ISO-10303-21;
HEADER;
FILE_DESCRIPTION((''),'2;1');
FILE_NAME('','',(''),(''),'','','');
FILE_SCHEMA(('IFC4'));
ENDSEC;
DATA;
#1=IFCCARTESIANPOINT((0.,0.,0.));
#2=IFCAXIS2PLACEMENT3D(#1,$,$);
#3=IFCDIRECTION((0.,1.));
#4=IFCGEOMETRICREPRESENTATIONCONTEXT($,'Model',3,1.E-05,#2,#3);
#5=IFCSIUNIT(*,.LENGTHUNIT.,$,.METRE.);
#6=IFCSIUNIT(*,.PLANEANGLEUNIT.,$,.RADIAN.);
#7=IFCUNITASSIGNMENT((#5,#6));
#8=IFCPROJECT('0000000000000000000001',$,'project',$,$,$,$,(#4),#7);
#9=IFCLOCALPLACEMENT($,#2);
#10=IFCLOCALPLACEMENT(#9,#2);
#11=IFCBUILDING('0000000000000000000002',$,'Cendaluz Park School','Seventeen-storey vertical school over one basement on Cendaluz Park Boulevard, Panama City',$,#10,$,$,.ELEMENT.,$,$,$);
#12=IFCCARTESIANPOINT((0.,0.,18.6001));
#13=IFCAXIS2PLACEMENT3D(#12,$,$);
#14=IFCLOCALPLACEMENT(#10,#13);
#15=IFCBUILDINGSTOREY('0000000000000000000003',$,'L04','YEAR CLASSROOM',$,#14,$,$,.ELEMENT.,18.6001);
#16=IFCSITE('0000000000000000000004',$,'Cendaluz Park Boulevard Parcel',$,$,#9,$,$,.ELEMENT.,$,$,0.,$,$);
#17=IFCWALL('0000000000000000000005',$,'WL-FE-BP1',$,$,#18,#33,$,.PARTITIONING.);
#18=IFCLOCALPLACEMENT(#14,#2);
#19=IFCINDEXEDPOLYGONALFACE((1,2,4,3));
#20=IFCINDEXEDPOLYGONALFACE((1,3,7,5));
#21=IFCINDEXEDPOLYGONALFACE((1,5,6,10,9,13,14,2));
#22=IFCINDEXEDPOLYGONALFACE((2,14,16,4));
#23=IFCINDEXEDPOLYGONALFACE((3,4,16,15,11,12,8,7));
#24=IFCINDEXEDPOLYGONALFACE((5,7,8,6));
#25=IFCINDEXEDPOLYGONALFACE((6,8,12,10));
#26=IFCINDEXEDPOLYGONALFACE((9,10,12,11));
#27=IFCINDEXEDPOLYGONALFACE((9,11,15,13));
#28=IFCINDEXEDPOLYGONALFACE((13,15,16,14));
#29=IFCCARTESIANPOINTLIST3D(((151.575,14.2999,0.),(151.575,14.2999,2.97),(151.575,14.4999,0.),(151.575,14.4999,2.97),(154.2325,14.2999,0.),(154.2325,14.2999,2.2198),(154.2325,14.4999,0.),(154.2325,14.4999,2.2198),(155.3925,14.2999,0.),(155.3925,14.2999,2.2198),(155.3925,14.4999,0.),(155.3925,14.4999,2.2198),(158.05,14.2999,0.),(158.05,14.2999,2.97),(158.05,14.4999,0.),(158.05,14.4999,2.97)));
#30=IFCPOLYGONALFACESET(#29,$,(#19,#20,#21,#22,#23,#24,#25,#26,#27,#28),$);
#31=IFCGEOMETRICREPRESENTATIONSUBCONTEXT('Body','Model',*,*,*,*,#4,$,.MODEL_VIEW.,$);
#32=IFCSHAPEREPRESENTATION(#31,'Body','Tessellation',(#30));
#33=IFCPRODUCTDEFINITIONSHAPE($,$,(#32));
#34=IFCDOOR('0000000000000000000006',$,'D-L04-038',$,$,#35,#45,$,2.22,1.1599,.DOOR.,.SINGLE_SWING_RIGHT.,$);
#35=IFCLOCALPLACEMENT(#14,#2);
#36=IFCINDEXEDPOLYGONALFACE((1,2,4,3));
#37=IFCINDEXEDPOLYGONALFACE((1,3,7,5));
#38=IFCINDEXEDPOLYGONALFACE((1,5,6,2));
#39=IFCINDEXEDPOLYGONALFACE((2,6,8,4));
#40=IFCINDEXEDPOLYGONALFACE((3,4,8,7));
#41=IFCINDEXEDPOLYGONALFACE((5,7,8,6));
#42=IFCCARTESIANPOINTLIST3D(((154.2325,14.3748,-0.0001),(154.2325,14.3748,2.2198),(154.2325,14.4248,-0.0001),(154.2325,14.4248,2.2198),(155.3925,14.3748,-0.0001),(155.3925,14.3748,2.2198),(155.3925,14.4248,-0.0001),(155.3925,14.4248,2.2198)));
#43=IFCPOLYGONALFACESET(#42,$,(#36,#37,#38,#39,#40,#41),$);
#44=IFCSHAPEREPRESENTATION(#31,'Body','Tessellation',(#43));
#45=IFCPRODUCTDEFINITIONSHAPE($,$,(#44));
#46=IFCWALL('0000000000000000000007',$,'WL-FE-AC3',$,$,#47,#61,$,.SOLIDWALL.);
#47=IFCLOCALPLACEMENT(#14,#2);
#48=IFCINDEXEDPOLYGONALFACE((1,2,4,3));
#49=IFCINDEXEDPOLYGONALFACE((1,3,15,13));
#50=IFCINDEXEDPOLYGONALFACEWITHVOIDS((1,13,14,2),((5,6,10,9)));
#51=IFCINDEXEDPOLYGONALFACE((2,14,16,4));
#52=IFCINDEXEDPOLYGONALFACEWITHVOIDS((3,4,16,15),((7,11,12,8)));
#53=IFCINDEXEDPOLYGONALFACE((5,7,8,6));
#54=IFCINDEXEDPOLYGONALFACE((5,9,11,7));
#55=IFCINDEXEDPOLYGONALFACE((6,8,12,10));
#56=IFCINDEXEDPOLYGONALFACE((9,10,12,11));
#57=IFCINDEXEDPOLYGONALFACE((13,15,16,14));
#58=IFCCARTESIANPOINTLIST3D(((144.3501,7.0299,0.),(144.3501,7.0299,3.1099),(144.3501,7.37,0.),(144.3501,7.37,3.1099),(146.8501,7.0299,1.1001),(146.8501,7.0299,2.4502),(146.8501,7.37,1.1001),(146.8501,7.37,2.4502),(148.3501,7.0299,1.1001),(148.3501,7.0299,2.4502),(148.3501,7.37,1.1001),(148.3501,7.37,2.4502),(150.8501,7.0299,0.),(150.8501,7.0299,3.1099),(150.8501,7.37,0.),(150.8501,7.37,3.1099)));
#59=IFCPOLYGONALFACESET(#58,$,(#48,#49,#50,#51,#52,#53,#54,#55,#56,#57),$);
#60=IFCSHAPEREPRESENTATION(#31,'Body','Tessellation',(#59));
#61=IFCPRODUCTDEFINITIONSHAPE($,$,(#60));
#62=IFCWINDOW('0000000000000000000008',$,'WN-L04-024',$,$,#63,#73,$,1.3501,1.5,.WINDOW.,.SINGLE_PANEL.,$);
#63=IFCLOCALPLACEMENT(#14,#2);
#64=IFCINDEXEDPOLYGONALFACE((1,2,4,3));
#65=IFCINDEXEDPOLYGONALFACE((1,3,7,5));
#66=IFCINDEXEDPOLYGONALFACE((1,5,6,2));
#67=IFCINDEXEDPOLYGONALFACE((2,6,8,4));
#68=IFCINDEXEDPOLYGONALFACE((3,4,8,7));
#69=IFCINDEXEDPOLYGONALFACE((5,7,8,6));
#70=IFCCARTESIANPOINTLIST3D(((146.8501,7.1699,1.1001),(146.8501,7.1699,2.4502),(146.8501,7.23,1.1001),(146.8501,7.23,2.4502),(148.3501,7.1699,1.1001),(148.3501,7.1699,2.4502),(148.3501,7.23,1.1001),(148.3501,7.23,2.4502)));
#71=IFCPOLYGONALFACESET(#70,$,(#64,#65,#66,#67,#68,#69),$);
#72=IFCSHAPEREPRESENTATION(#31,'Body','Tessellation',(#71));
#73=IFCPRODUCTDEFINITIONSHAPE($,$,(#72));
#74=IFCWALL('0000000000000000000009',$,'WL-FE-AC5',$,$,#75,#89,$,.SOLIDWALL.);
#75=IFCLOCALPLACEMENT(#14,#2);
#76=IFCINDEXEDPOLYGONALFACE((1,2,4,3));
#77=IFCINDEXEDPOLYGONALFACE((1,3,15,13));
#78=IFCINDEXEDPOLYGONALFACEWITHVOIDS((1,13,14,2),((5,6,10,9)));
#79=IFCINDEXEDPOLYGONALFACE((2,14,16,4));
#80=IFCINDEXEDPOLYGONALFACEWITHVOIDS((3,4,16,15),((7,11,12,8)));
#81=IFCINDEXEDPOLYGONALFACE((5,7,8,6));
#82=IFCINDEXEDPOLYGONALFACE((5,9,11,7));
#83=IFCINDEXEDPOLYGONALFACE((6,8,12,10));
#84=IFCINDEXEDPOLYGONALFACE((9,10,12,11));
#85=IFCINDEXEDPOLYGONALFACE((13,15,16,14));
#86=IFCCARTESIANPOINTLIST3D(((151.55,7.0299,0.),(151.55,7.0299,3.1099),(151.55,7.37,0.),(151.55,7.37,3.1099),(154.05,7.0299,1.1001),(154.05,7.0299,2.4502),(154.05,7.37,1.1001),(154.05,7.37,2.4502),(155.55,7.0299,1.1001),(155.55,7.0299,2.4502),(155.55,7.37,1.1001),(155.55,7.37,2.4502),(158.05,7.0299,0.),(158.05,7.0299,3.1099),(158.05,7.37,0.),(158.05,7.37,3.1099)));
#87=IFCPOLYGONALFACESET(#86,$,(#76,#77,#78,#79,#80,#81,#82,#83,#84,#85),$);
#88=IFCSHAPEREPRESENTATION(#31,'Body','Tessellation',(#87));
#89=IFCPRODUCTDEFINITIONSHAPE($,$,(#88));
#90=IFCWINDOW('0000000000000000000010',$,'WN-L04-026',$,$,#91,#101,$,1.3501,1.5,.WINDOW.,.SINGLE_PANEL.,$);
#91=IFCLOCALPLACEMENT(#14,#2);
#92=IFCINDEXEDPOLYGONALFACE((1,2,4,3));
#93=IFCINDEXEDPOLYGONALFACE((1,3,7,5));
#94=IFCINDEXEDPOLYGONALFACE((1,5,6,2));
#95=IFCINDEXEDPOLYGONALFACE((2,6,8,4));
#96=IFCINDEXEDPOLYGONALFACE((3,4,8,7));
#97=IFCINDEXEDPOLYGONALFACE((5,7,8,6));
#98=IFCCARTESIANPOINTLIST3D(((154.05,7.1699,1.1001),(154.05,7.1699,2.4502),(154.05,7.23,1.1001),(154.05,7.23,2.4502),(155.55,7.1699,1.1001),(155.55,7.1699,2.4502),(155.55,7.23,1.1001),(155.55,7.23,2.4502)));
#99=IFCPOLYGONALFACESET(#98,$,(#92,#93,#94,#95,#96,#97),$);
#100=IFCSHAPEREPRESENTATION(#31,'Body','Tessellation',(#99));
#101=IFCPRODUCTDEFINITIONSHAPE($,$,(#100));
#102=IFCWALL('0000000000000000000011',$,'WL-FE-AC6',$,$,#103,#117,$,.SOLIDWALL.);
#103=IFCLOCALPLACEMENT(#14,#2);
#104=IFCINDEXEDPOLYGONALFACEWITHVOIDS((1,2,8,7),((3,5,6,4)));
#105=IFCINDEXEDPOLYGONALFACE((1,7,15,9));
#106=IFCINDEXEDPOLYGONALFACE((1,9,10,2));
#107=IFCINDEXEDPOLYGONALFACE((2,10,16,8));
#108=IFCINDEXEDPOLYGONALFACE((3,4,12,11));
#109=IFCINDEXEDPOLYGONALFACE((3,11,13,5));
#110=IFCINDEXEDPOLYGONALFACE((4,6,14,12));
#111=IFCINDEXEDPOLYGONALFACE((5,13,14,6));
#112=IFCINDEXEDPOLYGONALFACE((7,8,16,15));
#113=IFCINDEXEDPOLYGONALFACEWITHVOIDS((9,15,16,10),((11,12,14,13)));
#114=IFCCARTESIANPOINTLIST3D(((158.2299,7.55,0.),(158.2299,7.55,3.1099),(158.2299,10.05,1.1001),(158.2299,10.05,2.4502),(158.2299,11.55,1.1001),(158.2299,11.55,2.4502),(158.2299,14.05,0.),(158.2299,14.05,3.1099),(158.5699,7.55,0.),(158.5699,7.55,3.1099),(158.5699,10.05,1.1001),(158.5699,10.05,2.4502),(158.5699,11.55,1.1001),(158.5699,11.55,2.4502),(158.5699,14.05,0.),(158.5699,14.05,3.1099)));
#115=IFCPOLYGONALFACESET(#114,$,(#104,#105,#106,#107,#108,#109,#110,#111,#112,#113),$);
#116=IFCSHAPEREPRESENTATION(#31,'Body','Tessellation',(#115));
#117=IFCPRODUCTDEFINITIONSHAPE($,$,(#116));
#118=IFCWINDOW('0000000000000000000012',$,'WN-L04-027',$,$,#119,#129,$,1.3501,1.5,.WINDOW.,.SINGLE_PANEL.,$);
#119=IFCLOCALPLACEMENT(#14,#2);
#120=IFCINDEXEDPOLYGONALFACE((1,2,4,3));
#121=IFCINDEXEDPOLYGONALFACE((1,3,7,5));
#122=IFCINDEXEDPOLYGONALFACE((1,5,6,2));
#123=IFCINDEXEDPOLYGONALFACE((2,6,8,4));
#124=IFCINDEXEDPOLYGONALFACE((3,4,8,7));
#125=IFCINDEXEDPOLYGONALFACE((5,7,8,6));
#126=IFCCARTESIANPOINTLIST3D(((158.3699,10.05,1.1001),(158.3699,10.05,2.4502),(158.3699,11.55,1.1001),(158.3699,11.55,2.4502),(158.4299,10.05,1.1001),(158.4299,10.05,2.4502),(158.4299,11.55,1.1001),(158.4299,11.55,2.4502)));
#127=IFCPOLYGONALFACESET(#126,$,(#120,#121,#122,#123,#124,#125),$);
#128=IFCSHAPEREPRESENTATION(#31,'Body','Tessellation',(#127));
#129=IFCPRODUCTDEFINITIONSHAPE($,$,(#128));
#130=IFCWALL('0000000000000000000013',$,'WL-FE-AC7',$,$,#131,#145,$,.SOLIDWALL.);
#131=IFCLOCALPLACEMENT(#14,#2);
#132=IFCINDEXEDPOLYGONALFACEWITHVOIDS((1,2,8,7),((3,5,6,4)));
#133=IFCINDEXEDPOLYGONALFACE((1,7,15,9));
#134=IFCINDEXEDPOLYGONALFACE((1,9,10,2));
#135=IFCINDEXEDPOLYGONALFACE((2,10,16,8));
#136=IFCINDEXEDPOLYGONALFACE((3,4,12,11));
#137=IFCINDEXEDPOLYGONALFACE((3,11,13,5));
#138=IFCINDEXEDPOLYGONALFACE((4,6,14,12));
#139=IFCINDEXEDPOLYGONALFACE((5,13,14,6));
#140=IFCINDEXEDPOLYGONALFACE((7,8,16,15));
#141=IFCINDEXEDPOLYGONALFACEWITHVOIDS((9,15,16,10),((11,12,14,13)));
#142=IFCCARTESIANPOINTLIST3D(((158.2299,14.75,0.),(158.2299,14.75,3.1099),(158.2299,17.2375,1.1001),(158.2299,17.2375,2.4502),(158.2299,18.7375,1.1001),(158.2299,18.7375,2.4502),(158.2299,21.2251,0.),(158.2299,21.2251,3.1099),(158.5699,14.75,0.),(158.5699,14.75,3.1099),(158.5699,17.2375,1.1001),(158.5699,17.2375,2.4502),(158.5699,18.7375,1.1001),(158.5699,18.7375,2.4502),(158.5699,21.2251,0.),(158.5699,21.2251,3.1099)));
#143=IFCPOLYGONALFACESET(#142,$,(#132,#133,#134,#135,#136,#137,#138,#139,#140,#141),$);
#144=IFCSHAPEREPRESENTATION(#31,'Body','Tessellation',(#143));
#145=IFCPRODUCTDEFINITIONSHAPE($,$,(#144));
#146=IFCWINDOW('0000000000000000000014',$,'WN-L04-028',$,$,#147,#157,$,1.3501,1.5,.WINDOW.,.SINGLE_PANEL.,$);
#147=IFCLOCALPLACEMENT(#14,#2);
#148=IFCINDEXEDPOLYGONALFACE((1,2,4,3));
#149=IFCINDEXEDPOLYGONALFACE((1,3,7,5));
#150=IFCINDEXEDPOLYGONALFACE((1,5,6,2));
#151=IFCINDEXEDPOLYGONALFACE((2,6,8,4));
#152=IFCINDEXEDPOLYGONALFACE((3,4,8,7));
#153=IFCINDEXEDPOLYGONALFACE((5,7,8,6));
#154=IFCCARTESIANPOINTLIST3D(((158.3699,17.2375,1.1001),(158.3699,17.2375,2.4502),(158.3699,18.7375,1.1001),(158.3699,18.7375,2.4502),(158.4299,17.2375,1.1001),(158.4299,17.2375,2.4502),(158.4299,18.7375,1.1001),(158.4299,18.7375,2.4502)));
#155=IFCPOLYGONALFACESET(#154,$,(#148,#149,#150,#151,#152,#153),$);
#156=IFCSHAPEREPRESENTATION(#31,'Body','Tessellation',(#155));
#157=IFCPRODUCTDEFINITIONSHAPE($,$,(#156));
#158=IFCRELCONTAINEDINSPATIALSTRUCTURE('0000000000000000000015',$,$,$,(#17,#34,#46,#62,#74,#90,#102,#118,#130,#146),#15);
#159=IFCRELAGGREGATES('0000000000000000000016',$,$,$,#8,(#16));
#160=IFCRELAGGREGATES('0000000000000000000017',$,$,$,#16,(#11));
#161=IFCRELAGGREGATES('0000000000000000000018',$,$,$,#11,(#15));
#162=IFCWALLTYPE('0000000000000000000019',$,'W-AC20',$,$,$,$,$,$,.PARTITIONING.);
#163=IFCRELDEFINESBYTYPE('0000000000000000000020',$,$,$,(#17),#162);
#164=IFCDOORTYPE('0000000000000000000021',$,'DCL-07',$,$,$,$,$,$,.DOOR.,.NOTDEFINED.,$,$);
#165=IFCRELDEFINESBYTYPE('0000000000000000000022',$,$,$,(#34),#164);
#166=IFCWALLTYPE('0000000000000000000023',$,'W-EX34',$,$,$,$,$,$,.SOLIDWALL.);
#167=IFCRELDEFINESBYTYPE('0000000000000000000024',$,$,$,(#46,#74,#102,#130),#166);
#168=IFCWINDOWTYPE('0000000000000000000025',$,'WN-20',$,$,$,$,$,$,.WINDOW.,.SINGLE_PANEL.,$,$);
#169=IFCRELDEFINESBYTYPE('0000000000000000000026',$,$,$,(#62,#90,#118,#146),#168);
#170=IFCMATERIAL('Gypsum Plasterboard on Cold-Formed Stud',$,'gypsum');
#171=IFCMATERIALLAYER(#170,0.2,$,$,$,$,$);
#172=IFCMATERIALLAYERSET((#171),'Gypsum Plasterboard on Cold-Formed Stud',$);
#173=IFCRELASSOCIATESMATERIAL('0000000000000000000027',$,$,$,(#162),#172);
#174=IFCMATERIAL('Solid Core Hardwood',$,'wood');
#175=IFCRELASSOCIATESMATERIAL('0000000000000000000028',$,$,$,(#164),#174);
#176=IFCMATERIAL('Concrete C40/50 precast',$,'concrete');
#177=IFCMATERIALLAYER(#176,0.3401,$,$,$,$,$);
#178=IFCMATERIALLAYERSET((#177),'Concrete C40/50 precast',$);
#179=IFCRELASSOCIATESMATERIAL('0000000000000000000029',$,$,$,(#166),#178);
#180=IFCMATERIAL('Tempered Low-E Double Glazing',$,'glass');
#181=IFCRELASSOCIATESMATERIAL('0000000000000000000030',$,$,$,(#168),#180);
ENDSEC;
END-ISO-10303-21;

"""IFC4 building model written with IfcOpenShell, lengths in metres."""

from ifc_helpers import new_model, si_unit, direction, frame, frame_2d, origin, place, context, subcontext, project, spatial, rectangle, extrude, material, layer, layer_set, type_object, element, fill, save


model = new_model("IFC4")

# Units and contexts
model_context = context("Model", 3, precision=1e-05, world=origin(), true_north=direction((0.0, 1.0)))
body_context = subcontext(model_context, "Body", "Model", "MODEL_VIEW")
ifc_project = project(units=[si_unit("LENGTHUNIT", "METRE"), si_unit("PLANEANGLEUNIT", "RADIAN")], contexts=[model_context])

# Site, building, storey
site_placement = place(None, origin())
site = spatial("IfcSite", under=ifc_project, at=site_placement, Name="Cendaluz Park Boulevard Parcel", CompositionType="ELEMENT", RefElevation=0.0)
building_placement = place(site_placement, origin())
building = spatial("IfcBuilding", under=site, at=building_placement, Name="Cendaluz Park School", Description="Seventeen-storey vertical school over one basement on Cendaluz Park Boulevard, Panama City", CompositionType="ELEMENT")
storey_placement = place(building_placement, frame((0.0, 0.0, 18.6001)))
storey = spatial("IfcBuildingStorey", under=building, at=storey_placement, Name="L04", Description="YEAR CLASSROOM", CompositionType="ELEMENT", Elevation=18.6001)

# Shared definitions
ifc_material_1 = material(Name="Gypsum Plasterboard on Cold-Formed Stud", Category="gypsum")
ifc_layer_1 = layer(ifc_material_1, 0.2)
ifc_layer_set_1 = layer_set([ifc_layer_1], Name="Gypsum Plasterboard on Cold-Formed Stud")
wall_type_1 = type_object("IfcWallType", Name="W-AC20", PredefinedType="PARTITIONING", material=ifc_layer_set_1)

# Wall, opening, door
wall_1_placement = place(storey_placement, frame((151.575, 14.3999, 0.0), z_axis=(0.0, 0.0, 1.0), x_axis=(1.0, 0.0, 0.0)))
wall_1 = element("IfcWall", 1, at=wall_1_placement, inside=storey, type_object=wall_type_1, Name="WL-FE-BP1", PredefinedType="PARTITIONING", context=body_context, shape_type="SweptSolid", body=[
    extrude(rectangle(XDim=6.4751, YDim=0.2, at=frame_2d((3.2375, 0.0))), origin(), (0.0, 0.0, 1.0), 2.97),
])
opening_1_placement = place(wall_1_placement, frame((2.6575, 0.0, 0.0)))
opening_1 = element("IfcOpeningElement", 2, at=opening_1_placement, cuts=wall_1, PredefinedType="OPENING", context=body_context, shape_type="SweptSolid", body=[
    extrude(rectangle(XDim=1.1599, YDim=2.22, at=frame_2d((0.5801, 1.1099))), frame((0.0, 0.1121, 0.0), z_axis=(0.0, -1.0, 0.0), x_axis=(1.0, 0.0, 0.0)), (0.0, 0.0, 1.0), 0.2239),
])
ifc_material_2 = material(Name="Solid Core Hardwood", Category="wood")
door_type_1 = type_object("IfcDoorType", Name="DCL-07", OperationType="NOTDEFINED", PredefinedType="DOOR", material=ifc_material_2)
door_1_placement = place(opening_1_placement, origin())
door_1 = element("IfcDoor", 3, at=door_1_placement, inside=storey, type_object=door_type_1, Name="D-L04-038", OperationType="SINGLE_SWING_RIGHT", OverallHeight=2.22, OverallWidth=1.1599, PredefinedType="DOOR", context=body_context, shape_type="SweptSolid", body=[
    extrude(rectangle(XDim=1.1599, YDim=2.22, at=frame_2d((0.5801, 1.1099))), frame((0.0, 0.0249, 0.0), z_axis=(0.0, -1.0, 0.0), x_axis=(1.0, 0.0, 0.0)), (0.0, 0.0, 1.0), 0.05),
])
fill(opening_1, door_1)

# Walls, openings, windows
ifc_material_3 = material(Name="Concrete C40/50 precast", Category="concrete")
ifc_layer_2 = layer(ifc_material_3, 0.3401)
ifc_layer_set_2 = layer_set([ifc_layer_2], Name="Concrete C40/50 precast")
wall_type_2 = type_object("IfcWallType", Name="W-EX34", PredefinedType="SOLIDWALL", material=ifc_layer_set_2)
wall_2_placement = place(storey_placement, frame((144.3501, 7.2, 0.0), z_axis=(0.0, 0.0, 1.0), x_axis=(1.0, 0.0, 0.0)))
wall_2 = element("IfcWall", 4, at=wall_2_placement, inside=storey, type_object=wall_type_2, Name="WL-FE-AC3", PredefinedType="SOLIDWALL", context=body_context, shape_type="SweptSolid", body=[
    extrude(rectangle(XDim=6.5, YDim=0.3401, at=frame_2d((3.25, 0.0))), origin(), (0.0, 0.0, 1.0), 3.1099),
])
opening_2_placement = place(wall_2_placement, frame((2.5, 0.0, 1.1001)))
opening_2 = element("IfcOpeningElement", 5, at=opening_2_placement, cuts=wall_2, PredefinedType="OPENING", context=body_context, shape_type="SweptSolid", body=[
    extrude(rectangle(XDim=1.5, YDim=1.3501, at=frame_2d((0.75, 0.675))), frame((0.0, 0.1821, 0.0), z_axis=(0.0, -1.0, 0.0), x_axis=(1.0, 0.0, 0.0)), (0.0, 0.0, 1.0), 0.364),
])
ifc_material_4 = material(Name="Tempered Low-E Double Glazing", Category="glass")
window_type = type_object("IfcWindowType", Name="WN-20", PartitioningType="SINGLE_PANEL", PredefinedType="WINDOW", material=ifc_material_4)
window_1_placement = place(opening_2_placement, origin())
window_1 = element("IfcWindow", 6, at=window_1_placement, inside=storey, type_object=window_type, Name="WN-L04-024", OverallHeight=1.3501, OverallWidth=1.5, PartitioningType="SINGLE_PANEL", PredefinedType="WINDOW", context=body_context, shape_type="SweptSolid", body=[
    extrude(rectangle(XDim=1.5, YDim=1.3501, at=frame_2d((0.75, 0.675))), frame((0.0, 0.03, 0.0), z_axis=(0.0, -1.0, 0.0), x_axis=(1.0, 0.0, 0.0)), (0.0, 0.0, 1.0), 0.0601),
])
fill(opening_2, window_1)
wall_3_placement = place(storey_placement, frame((151.55, 7.2, 0.0), z_axis=(0.0, 0.0, 1.0), x_axis=(1.0, 0.0, 0.0)))
wall_3 = element("IfcWall", 7, at=wall_3_placement, inside=storey, type_object=wall_type_2, Name="WL-FE-AC5", PredefinedType="SOLIDWALL", context=body_context, shape_type="SweptSolid", body=[
    extrude(rectangle(XDim=6.5, YDim=0.3401, at=frame_2d((3.25, 0.0))), origin(), (0.0, 0.0, 1.0), 3.1099),
])
opening_3_placement = place(wall_3_placement, frame((2.5, 0.0, 1.1001)))
opening_3 = element("IfcOpeningElement", 8, at=opening_3_placement, cuts=wall_3, PredefinedType="OPENING", context=body_context, shape_type="SweptSolid", body=[
    extrude(rectangle(XDim=1.5, YDim=1.3501, at=frame_2d((0.75, 0.675))), frame((0.0, 0.1821, 0.0), z_axis=(0.0, -1.0, 0.0), x_axis=(1.0, 0.0, 0.0)), (0.0, 0.0, 1.0), 0.364),
])
window_2_placement = place(opening_3_placement, origin())
window_2 = element("IfcWindow", 9, at=window_2_placement, inside=storey, type_object=window_type, Name="WN-L04-026", OverallHeight=1.3501, OverallWidth=1.5, PartitioningType="SINGLE_PANEL", PredefinedType="WINDOW", context=body_context, shape_type="SweptSolid", body=[
    extrude(rectangle(XDim=1.5, YDim=1.3501, at=frame_2d((0.75, 0.675))), frame((0.0, 0.03, 0.0), z_axis=(0.0, -1.0, 0.0), x_axis=(1.0, 0.0, 0.0)), (0.0, 0.0, 1.0), 0.0601),
])
fill(opening_3, window_2)
wall_4_placement = place(storey_placement, frame((158.3999, 7.55, 0.0), z_axis=(0.0, 0.0, 1.0), x_axis=(0.0, 1.0, 0.0)))
wall_4 = element("IfcWall", 10, at=wall_4_placement, inside=storey, type_object=wall_type_2, Name="WL-FE-AC6", PredefinedType="SOLIDWALL", context=body_context, shape_type="SweptSolid", body=[
    extrude(rectangle(XDim=6.5, YDim=0.3401, at=frame_2d((3.25, 0.0))), origin(), (0.0, 0.0, 1.0), 3.1099),
])
opening_4_placement = place(wall_4_placement, frame((2.5, 0.0, 1.1001)))
opening_4 = element("IfcOpeningElement", 11, at=opening_4_placement, cuts=wall_4, PredefinedType="OPENING", context=body_context, shape_type="SweptSolid", body=[
    extrude(rectangle(XDim=1.5, YDim=1.3501, at=frame_2d((0.75, 0.675))), frame((0.0, 0.1821, 0.0), z_axis=(0.0, -1.0, 0.0), x_axis=(1.0, 0.0, 0.0)), (0.0, 0.0, 1.0), 0.364),
])
window_3_placement = place(opening_4_placement, origin())
window_3 = element("IfcWindow", 12, at=window_3_placement, inside=storey, type_object=window_type, Name="WN-L04-027", OverallHeight=1.3501, OverallWidth=1.5, PartitioningType="SINGLE_PANEL", PredefinedType="WINDOW", context=body_context, shape_type="SweptSolid", body=[
    extrude(rectangle(XDim=1.5, YDim=1.3501, at=frame_2d((0.75, 0.675))), frame((0.0, 0.03, 0.0), z_axis=(0.0, -1.0, 0.0), x_axis=(1.0, 0.0, 0.0)), (0.0, 0.0, 1.0), 0.0601),
])
fill(opening_4, window_3)
wall_5_placement = place(storey_placement, frame((158.3999, 14.75, 0.0), z_axis=(0.0, 0.0, 1.0), x_axis=(0.0, 1.0, 0.0)))
wall_5 = element("IfcWall", 13, at=wall_5_placement, inside=storey, type_object=wall_type_2, Name="WL-FE-AC7", PredefinedType="SOLIDWALL", context=body_context, shape_type="SweptSolid", body=[
    extrude(rectangle(XDim=6.4751, YDim=0.3401, at=frame_2d((3.2375, 0.0))), origin(), (0.0, 0.0, 1.0), 3.1099),
])
opening_5_placement = place(wall_5_placement, frame((2.4875, 0.0, 1.1001)))
opening_5 = element("IfcOpeningElement", 14, at=opening_5_placement, cuts=wall_5, PredefinedType="OPENING", context=body_context, shape_type="SweptSolid", body=[
    extrude(rectangle(XDim=1.5, YDim=1.3501, at=frame_2d((0.75, 0.675))), frame((0.0, 0.1821, 0.0), z_axis=(0.0, -1.0, 0.0), x_axis=(1.0, 0.0, 0.0)), (0.0, 0.0, 1.0), 0.364),
])
window_4_placement = place(opening_5_placement, origin())
window_4 = element("IfcWindow", 15, at=window_4_placement, inside=storey, type_object=window_type, Name="WN-L04-028", OverallHeight=1.3501, OverallWidth=1.5, PartitioningType="SINGLE_PANEL", PredefinedType="WINDOW", context=body_context, shape_type="SweptSolid", body=[
    extrude(rectangle(XDim=1.5, YDim=1.3501, at=frame_2d((0.75, 0.675))), frame((0.0, 0.03, 0.0), z_axis=(0.0, -1.0, 0.0), x_axis=(1.0, 0.0, 0.0)), (0.0, 0.0, 1.0), 0.0601),
])
fill(opening_5, window_4)

save(model, "model.ifc")
